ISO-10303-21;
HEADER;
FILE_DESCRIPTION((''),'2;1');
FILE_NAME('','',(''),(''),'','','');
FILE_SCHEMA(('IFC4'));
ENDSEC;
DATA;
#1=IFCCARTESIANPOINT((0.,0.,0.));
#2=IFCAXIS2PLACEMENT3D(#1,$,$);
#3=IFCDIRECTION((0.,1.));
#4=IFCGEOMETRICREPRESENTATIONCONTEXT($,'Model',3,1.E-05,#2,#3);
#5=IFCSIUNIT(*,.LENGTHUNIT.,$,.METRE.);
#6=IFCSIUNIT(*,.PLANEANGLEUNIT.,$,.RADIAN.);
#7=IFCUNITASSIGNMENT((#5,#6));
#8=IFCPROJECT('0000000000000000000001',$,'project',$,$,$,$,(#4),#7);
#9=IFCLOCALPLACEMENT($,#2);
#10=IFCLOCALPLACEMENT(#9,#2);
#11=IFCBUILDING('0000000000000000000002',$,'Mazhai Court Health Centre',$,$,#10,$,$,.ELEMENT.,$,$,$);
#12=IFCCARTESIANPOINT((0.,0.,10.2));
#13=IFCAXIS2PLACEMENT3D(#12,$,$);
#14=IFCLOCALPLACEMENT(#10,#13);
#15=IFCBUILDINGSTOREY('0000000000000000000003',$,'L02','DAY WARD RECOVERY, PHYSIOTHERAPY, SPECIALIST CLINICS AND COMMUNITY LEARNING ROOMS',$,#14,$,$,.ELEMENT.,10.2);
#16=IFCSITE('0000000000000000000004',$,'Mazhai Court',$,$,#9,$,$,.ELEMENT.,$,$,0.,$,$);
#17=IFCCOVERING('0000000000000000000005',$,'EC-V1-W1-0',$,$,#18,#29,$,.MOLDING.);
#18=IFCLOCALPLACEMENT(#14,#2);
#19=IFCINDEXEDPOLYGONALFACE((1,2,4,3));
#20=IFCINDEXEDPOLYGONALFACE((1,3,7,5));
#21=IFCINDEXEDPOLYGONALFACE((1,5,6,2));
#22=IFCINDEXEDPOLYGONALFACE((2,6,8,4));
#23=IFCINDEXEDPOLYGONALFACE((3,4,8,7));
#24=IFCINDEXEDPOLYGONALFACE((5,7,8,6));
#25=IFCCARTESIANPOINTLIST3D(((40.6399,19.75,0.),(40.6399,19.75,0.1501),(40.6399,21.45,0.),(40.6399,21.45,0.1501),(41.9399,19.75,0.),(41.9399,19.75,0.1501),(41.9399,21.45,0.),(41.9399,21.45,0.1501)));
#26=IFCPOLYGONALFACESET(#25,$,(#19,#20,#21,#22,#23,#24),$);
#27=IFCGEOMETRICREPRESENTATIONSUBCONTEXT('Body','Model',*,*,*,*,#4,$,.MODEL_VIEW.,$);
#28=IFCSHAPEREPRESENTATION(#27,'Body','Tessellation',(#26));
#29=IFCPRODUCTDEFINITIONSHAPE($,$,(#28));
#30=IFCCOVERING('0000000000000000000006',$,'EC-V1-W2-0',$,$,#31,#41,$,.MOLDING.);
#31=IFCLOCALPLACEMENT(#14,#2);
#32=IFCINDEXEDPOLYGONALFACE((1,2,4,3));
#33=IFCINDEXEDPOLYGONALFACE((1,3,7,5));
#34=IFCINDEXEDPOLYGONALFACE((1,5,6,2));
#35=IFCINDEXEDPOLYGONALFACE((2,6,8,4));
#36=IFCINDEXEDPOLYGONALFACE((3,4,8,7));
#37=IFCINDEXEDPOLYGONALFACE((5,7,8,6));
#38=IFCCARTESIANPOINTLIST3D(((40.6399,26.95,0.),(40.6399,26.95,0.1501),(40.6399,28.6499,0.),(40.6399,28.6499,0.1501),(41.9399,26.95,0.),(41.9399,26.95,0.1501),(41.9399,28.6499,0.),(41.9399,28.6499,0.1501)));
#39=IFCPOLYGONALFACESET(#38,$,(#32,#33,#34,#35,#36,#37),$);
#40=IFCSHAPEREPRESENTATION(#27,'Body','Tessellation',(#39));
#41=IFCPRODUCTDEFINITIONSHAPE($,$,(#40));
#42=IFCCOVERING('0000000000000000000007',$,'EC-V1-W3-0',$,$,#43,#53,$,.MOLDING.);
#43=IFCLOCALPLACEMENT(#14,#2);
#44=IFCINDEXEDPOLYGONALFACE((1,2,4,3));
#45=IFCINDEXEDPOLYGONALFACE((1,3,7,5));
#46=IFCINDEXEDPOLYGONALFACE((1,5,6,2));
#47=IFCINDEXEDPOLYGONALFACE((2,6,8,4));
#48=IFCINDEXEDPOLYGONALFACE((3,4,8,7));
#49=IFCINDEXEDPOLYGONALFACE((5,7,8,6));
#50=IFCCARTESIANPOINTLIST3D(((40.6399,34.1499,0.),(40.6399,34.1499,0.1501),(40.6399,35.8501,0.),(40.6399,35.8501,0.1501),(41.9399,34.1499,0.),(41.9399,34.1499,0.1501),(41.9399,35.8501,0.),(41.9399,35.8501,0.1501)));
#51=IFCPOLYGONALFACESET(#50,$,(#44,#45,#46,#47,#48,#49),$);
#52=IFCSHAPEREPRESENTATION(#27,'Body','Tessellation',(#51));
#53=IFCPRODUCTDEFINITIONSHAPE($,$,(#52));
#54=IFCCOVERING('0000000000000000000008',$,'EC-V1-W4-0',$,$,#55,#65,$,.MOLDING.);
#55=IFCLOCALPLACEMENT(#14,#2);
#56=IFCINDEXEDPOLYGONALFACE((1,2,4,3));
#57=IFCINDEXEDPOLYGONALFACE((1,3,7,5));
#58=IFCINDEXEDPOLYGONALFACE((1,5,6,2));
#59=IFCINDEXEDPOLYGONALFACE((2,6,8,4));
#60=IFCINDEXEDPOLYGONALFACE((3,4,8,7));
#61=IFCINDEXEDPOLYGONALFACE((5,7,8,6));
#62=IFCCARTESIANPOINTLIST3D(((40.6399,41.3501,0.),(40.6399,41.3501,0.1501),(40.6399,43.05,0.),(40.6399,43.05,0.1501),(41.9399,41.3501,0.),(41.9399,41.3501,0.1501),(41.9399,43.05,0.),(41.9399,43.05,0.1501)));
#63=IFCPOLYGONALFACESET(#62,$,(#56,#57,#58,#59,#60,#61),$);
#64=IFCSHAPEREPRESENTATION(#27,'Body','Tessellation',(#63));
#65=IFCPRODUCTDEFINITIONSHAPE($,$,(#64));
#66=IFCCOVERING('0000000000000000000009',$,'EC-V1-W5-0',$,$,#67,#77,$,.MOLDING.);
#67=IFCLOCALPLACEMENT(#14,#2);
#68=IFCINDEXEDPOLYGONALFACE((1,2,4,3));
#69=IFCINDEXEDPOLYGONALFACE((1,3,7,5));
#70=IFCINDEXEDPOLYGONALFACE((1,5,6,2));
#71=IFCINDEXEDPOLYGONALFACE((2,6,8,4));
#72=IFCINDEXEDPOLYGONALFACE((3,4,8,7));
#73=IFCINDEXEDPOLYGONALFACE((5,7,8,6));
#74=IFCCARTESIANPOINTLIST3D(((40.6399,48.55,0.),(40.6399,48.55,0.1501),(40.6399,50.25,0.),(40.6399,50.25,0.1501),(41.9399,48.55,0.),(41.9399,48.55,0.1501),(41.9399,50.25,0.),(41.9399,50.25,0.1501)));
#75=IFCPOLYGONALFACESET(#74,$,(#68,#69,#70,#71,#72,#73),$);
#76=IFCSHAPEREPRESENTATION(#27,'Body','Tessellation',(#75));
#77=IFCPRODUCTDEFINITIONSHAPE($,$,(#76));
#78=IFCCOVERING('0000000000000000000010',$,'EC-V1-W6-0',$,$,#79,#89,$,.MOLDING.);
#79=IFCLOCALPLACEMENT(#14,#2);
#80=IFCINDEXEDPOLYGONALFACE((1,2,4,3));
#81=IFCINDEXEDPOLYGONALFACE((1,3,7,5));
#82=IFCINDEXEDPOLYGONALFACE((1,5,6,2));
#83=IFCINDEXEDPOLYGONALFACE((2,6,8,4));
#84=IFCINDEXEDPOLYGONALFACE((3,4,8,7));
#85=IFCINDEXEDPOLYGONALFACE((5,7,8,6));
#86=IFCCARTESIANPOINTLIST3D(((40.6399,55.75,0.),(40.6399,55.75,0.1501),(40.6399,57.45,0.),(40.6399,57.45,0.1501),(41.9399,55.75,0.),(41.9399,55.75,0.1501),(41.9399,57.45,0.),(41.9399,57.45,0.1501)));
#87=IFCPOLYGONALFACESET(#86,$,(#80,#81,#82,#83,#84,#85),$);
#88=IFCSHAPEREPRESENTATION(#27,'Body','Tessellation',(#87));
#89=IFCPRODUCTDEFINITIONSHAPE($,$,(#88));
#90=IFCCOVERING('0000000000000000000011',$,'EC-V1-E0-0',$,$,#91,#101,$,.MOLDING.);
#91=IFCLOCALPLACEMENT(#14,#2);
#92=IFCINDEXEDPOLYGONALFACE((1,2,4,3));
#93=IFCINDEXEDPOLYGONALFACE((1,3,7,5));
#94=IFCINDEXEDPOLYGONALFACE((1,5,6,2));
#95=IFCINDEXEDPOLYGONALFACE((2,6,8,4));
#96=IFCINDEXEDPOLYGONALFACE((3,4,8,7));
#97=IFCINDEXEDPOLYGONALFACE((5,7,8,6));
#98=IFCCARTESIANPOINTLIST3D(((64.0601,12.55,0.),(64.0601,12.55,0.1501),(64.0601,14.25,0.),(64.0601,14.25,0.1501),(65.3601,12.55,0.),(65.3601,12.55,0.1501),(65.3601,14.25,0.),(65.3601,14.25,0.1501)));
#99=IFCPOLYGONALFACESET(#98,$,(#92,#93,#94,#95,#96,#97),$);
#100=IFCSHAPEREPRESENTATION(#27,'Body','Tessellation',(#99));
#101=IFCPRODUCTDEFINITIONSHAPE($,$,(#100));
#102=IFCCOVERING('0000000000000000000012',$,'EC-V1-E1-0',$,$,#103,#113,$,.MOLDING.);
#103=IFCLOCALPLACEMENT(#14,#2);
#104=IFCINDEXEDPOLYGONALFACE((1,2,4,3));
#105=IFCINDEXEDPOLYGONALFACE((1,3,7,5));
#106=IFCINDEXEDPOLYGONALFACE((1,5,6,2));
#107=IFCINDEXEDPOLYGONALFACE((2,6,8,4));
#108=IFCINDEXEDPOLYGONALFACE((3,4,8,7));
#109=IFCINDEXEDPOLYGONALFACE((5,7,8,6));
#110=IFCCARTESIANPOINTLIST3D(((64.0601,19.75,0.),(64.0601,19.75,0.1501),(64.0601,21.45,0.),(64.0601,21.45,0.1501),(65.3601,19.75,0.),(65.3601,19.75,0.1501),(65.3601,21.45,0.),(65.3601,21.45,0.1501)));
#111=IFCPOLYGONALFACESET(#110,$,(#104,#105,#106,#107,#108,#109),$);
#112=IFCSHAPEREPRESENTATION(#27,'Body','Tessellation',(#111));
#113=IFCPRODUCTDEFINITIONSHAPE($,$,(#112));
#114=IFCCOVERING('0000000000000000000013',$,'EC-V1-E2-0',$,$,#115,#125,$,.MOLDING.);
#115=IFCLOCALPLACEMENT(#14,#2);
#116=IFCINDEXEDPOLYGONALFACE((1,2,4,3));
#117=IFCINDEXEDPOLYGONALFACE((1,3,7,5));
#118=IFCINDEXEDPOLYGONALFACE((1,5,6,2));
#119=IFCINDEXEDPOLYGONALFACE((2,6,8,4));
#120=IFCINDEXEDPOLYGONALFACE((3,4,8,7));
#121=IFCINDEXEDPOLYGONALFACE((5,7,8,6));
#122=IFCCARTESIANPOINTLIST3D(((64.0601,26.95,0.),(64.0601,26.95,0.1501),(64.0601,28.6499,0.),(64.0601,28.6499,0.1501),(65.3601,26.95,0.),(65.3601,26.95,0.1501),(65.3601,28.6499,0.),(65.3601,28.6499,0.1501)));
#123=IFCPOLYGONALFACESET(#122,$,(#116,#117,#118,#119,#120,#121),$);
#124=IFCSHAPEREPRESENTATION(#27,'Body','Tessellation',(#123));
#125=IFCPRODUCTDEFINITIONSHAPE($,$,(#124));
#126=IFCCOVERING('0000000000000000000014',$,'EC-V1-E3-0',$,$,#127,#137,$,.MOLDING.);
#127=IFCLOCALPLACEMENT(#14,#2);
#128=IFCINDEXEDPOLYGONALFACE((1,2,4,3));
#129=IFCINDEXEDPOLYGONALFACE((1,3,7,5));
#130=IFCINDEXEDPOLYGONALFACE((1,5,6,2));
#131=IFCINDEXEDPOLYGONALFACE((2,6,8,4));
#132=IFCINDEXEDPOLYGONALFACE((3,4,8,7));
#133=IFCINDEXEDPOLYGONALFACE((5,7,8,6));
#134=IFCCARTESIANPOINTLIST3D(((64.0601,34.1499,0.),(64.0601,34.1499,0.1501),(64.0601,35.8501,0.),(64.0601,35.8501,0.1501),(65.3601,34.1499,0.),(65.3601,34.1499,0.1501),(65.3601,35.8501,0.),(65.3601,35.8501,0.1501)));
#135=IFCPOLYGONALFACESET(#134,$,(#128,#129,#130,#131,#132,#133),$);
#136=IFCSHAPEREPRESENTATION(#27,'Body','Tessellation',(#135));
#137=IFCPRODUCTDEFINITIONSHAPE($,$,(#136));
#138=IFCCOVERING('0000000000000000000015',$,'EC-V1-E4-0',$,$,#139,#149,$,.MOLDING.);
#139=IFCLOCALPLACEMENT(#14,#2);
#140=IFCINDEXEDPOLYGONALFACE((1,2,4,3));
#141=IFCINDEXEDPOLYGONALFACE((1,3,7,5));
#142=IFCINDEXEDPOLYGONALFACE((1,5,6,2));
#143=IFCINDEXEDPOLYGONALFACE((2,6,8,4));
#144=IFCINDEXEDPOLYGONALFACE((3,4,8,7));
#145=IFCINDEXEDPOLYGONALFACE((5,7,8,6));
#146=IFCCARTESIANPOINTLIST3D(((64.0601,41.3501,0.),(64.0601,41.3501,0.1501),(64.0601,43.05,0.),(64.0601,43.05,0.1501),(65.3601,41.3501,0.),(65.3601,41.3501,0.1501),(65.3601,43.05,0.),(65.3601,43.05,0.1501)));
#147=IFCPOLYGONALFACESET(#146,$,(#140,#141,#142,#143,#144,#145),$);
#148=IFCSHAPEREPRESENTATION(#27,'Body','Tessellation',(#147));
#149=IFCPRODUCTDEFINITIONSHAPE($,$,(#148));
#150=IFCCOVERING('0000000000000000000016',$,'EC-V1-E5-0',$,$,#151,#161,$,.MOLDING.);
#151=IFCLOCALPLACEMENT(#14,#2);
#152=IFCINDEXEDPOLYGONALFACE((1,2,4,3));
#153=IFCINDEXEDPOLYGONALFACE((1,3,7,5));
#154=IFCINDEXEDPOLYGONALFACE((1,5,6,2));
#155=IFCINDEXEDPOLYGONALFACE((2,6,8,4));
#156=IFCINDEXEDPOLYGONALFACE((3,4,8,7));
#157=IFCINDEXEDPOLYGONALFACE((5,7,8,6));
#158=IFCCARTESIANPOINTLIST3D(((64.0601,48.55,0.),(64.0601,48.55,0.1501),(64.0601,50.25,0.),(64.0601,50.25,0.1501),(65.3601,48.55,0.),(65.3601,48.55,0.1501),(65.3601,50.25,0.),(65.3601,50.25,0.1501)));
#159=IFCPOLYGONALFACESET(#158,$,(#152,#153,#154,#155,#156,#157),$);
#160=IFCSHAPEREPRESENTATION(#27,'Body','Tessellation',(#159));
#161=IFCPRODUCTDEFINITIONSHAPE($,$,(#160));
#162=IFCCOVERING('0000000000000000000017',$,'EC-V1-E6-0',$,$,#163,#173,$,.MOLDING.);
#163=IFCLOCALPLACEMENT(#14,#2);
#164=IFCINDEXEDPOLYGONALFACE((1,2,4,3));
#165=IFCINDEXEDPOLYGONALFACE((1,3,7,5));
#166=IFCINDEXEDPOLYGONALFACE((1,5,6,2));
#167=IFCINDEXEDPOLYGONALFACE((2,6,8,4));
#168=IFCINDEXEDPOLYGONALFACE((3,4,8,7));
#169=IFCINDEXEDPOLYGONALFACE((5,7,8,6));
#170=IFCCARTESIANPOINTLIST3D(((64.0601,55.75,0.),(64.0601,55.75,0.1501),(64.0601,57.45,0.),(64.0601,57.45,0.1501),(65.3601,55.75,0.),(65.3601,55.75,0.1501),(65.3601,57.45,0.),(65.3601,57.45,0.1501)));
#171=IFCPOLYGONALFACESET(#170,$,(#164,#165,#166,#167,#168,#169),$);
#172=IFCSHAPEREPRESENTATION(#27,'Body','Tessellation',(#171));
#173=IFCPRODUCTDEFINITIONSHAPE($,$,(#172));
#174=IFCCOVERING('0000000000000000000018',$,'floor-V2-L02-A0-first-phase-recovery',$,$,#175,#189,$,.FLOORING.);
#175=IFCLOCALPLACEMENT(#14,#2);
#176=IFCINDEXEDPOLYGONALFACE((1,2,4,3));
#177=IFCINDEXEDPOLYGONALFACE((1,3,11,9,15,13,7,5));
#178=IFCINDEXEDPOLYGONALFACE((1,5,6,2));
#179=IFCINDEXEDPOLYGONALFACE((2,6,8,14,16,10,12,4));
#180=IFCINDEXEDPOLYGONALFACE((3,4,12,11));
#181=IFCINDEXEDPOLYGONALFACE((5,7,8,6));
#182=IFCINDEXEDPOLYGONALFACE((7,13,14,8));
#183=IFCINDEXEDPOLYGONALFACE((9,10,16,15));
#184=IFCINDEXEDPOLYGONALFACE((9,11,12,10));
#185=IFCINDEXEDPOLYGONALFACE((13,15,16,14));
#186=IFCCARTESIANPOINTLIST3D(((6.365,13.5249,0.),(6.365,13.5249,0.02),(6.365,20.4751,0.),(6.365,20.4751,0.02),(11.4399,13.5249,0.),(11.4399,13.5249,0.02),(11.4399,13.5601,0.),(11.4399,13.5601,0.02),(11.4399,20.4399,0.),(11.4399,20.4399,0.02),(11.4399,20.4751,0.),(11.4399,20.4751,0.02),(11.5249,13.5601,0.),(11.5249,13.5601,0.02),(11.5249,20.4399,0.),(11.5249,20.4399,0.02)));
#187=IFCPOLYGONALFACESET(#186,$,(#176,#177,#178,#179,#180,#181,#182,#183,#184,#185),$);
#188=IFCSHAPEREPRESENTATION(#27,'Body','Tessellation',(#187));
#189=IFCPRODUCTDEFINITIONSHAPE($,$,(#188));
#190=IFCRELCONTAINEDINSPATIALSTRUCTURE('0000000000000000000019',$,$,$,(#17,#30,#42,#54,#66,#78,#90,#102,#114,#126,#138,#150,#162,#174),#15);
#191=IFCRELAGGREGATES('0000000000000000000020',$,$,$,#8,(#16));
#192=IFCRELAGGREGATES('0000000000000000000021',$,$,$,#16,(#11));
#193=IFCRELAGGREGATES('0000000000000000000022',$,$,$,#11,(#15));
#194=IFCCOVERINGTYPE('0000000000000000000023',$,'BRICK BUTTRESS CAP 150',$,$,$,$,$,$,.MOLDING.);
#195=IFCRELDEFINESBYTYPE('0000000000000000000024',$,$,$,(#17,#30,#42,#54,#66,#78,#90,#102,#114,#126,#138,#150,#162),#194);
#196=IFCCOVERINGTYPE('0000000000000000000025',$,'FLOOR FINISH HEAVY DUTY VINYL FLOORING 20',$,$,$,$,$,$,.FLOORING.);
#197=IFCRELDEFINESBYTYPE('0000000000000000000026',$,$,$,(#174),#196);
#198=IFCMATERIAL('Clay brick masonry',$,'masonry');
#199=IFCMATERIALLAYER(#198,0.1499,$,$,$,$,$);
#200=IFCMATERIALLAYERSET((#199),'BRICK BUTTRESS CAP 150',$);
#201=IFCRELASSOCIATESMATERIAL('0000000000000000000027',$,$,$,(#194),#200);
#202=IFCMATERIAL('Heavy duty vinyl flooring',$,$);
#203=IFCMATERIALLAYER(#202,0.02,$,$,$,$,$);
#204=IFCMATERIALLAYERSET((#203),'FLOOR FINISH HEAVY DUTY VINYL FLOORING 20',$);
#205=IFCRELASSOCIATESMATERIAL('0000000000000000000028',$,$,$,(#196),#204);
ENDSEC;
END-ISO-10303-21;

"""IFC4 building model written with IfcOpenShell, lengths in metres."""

from ifc_helpers import new_model, si_unit, direction, frame, origin, place, context, subcontext, project, spatial, polyline, outline, extrude, material, layer, layer_set, type_object, element, save


model = new_model("IFC4")

# Units and contexts
model_context = context("Model", 3, precision=1e-05, world=origin(), true_north=direction((0.0, 1.0)))
body_context = subcontext(model_context, "Body", "Model", "MODEL_VIEW")
ifc_project = project(units=[si_unit("LENGTHUNIT", "METRE"), si_unit("PLANEANGLEUNIT", "RADIAN")], contexts=[model_context])

# Site, building, storey
site_placement = place(None, origin())
site = spatial("IfcSite", under=ifc_project, at=site_placement, Name="Mazhai Court", CompositionType="ELEMENT", RefElevation=0.0)
building_placement = place(site_placement, origin())
building = spatial("IfcBuilding", under=site, at=building_placement, Name="Mazhai Court Health Centre", CompositionType="ELEMENT")
storey_placement = place(building_placement, frame((0.0, 0.0, 10.2)))
storey = spatial("IfcBuildingStorey", under=building, at=storey_placement, Name="L02", Description="DAY WARD RECOVERY, PHYSIOTHERAPY, SPECIALIST CLINICS AND COMMUNITY LEARNING ROOMS", CompositionType="ELEMENT", Elevation=10.2)

# Coverings
ifc_material_1 = material(Name="Clay brick masonry", Category="masonry")
ifc_layer_1 = layer(ifc_material_1, 0.1499)
ifc_layer_set_1 = layer_set([ifc_layer_1], Name="BRICK BUTTRESS CAP 150")
covering_type_1 = type_object("IfcCoveringType", Name="BRICK BUTTRESS CAP 150", PredefinedType="MOLDING", material=ifc_layer_set_1)
covering_1_placement = place(storey_placement, origin())
element("IfcCovering", 1, at=covering_1_placement, inside=storey, type_object=covering_type_1, Name="EC-V1-W1-0", PredefinedType="MOLDING", context=body_context, shape_type="SweptSolid", body=[
    extrude(outline(polyline([(41.9399, 19.75), (41.9399, 21.45), (40.6399, 21.45), (40.6399, 19.75), (41.9399, 19.75)])), origin(), (0.0, 0.0, 1.0), 0.1501),
])
covering_2_placement = place(storey_placement, origin())
element("IfcCovering", 2, at=covering_2_placement, inside=storey, type_object=covering_type_1, Name="EC-V1-W2-0", PredefinedType="MOLDING", context=body_context, shape_type="SweptSolid", body=[
    extrude(outline(polyline([(41.9399, 26.95), (41.9399, 28.6499), (40.6399, 28.6499), (40.6399, 26.95), (41.9399, 26.95)])), origin(), (0.0, 0.0, 1.0), 0.1501),
])
covering_3_placement = place(storey_placement, origin())
element("IfcCovering", 3, at=covering_3_placement, inside=storey, type_object=covering_type_1, Name="EC-V1-W3-0", PredefinedType="MOLDING", context=body_context, shape_type="SweptSolid", body=[
    extrude(outline(polyline([(41.9399, 34.1499), (41.9399, 35.8501), (40.6399, 35.8501), (40.6399, 34.1499), (41.9399, 34.1499)])), origin(), (0.0, 0.0, 1.0), 0.1501),
])
covering_4_placement = place(storey_placement, origin())
element("IfcCovering", 4, at=covering_4_placement, inside=storey, type_object=covering_type_1, Name="EC-V1-W4-0", PredefinedType="MOLDING", context=body_context, shape_type="SweptSolid", body=[
    extrude(outline(polyline([(41.9399, 41.3501), (41.9399, 43.05), (40.6399, 43.05), (40.6399, 41.3501), (41.9399, 41.3501)])), origin(), (0.0, 0.0, 1.0), 0.1501),
])
covering_5_placement = place(storey_placement, origin())
element("IfcCovering", 5, at=covering_5_placement, inside=storey, type_object=covering_type_1, Name="EC-V1-W5-0", PredefinedType="MOLDING", context=body_context, shape_type="SweptSolid", body=[
    extrude(outline(polyline([(41.9399, 48.55), (41.9399, 50.25), (40.6399, 50.25), (40.6399, 48.55), (41.9399, 48.55)])), origin(), (0.0, 0.0, 1.0), 0.1501),
])
covering_6_placement = place(storey_placement, origin())
element("IfcCovering", 6, at=covering_6_placement, inside=storey, type_object=covering_type_1, Name="EC-V1-W6-0", PredefinedType="MOLDING", context=body_context, shape_type="SweptSolid", body=[
    extrude(outline(polyline([(41.9399, 55.75), (41.9399, 57.45), (40.6399, 57.45), (40.6399, 55.75), (41.9399, 55.75)])), origin(), (0.0, 0.0, 1.0), 0.1501),
])
covering_7_placement = place(storey_placement, origin())
element("IfcCovering", 7, at=covering_7_placement, inside=storey, type_object=covering_type_1, Name="EC-V1-E0-0", PredefinedType="MOLDING", context=body_context, shape_type="SweptSolid", body=[
    extrude(outline(polyline([(64.0601, 14.25), (64.0601, 12.55), (65.3601, 12.55), (65.3601, 14.25), (64.0601, 14.25)])), origin(), (0.0, 0.0, 1.0), 0.1501),
])
covering_8_placement = place(storey_placement, origin())
element("IfcCovering", 8, at=covering_8_placement, inside=storey, type_object=covering_type_1, Name="EC-V1-E1-0", PredefinedType="MOLDING", context=body_context, shape_type="SweptSolid", body=[
    extrude(outline(polyline([(64.0601, 21.45), (64.0601, 19.75), (65.3601, 19.75), (65.3601, 21.45), (64.0601, 21.45)])), origin(), (0.0, 0.0, 1.0), 0.1501),
])
covering_9_placement = place(storey_placement, origin())
element("IfcCovering", 9, at=covering_9_placement, inside=storey, type_object=covering_type_1, Name="EC-V1-E2-0", PredefinedType="MOLDING", context=body_context, shape_type="SweptSolid", body=[
    extrude(outline(polyline([(64.0601, 28.6499), (64.0601, 26.95), (65.3601, 26.95), (65.3601, 28.6499), (64.0601, 28.6499)])), origin(), (0.0, 0.0, 1.0), 0.1501),
])
covering_10_placement = place(storey_placement, origin())
element("IfcCovering", 10, at=covering_10_placement, inside=storey, type_object=covering_type_1, Name="EC-V1-E3-0", PredefinedType="MOLDING", context=body_context, shape_type="SweptSolid", body=[
    extrude(outline(polyline([(64.0601, 35.8501), (64.0601, 34.1499), (65.3601, 34.1499), (65.3601, 35.8501), (64.0601, 35.8501)])), origin(), (0.0, 0.0, 1.0), 0.1501),
])
covering_11_placement = place(storey_placement, origin())
element("IfcCovering", 11, at=covering_11_placement, inside=storey, type_object=covering_type_1, Name="EC-V1-E4-0", PredefinedType="MOLDING", context=body_context, shape_type="SweptSolid", body=[
    extrude(outline(polyline([(64.0601, 43.05), (64.0601, 41.3501), (65.3601, 41.3501), (65.3601, 43.05), (64.0601, 43.05)])), origin(), (0.0, 0.0, 1.0), 0.1501),
])
covering_12_placement = place(storey_placement, origin())
element("IfcCovering", 12, at=covering_12_placement, inside=storey, type_object=covering_type_1, Name="EC-V1-E5-0", PredefinedType="MOLDING", context=body_context, shape_type="SweptSolid", body=[
    extrude(outline(polyline([(64.0601, 50.25), (64.0601, 48.55), (65.3601, 48.55), (65.3601, 50.25), (64.0601, 50.25)])), origin(), (0.0, 0.0, 1.0), 0.1501),
])
covering_13_placement = place(storey_placement, origin())
element("IfcCovering", 13, at=covering_13_placement, inside=storey, type_object=covering_type_1, Name="EC-V1-E6-0", PredefinedType="MOLDING", context=body_context, shape_type="SweptSolid", body=[
    extrude(outline(polyline([(64.0601, 57.45), (64.0601, 55.75), (65.3601, 55.75), (65.3601, 57.45), (64.0601, 57.45)])), origin(), (0.0, 0.0, 1.0), 0.1501),
])
ifc_material_2 = material(Name="Heavy duty vinyl flooring")
ifc_layer_2 = layer(ifc_material_2, 0.02)
ifc_layer_set_2 = layer_set([ifc_layer_2], Name="FLOOR FINISH HEAVY DUTY VINYL FLOORING 20")
covering_type_2 = type_object("IfcCoveringType", Name="FLOOR FINISH HEAVY DUTY VINYL FLOORING 20", PredefinedType="FLOORING", material=ifc_layer_set_2)
covering_14_placement = place(storey_placement, origin())
element("IfcCovering", 14, at=covering_14_placement, inside=storey, type_object=covering_type_2, Name="floor-V2-L02-A0-first-phase-recovery", PredefinedType="FLOORING", context=body_context, shape_type="SweptSolid", body=[
    extrude(outline(polyline([(11.5249, 20.4399), (11.4399, 20.4399), (11.4399, 20.4751), (6.365, 20.4751), (6.365, 13.5249), (11.4399, 13.5249), (11.4399, 13.5601), (11.5249, 13.5601), (11.5249, 20.4399)])), origin(), (0.0, 0.0, 1.0), 0.02),
])

save(model, "model.ifc")
